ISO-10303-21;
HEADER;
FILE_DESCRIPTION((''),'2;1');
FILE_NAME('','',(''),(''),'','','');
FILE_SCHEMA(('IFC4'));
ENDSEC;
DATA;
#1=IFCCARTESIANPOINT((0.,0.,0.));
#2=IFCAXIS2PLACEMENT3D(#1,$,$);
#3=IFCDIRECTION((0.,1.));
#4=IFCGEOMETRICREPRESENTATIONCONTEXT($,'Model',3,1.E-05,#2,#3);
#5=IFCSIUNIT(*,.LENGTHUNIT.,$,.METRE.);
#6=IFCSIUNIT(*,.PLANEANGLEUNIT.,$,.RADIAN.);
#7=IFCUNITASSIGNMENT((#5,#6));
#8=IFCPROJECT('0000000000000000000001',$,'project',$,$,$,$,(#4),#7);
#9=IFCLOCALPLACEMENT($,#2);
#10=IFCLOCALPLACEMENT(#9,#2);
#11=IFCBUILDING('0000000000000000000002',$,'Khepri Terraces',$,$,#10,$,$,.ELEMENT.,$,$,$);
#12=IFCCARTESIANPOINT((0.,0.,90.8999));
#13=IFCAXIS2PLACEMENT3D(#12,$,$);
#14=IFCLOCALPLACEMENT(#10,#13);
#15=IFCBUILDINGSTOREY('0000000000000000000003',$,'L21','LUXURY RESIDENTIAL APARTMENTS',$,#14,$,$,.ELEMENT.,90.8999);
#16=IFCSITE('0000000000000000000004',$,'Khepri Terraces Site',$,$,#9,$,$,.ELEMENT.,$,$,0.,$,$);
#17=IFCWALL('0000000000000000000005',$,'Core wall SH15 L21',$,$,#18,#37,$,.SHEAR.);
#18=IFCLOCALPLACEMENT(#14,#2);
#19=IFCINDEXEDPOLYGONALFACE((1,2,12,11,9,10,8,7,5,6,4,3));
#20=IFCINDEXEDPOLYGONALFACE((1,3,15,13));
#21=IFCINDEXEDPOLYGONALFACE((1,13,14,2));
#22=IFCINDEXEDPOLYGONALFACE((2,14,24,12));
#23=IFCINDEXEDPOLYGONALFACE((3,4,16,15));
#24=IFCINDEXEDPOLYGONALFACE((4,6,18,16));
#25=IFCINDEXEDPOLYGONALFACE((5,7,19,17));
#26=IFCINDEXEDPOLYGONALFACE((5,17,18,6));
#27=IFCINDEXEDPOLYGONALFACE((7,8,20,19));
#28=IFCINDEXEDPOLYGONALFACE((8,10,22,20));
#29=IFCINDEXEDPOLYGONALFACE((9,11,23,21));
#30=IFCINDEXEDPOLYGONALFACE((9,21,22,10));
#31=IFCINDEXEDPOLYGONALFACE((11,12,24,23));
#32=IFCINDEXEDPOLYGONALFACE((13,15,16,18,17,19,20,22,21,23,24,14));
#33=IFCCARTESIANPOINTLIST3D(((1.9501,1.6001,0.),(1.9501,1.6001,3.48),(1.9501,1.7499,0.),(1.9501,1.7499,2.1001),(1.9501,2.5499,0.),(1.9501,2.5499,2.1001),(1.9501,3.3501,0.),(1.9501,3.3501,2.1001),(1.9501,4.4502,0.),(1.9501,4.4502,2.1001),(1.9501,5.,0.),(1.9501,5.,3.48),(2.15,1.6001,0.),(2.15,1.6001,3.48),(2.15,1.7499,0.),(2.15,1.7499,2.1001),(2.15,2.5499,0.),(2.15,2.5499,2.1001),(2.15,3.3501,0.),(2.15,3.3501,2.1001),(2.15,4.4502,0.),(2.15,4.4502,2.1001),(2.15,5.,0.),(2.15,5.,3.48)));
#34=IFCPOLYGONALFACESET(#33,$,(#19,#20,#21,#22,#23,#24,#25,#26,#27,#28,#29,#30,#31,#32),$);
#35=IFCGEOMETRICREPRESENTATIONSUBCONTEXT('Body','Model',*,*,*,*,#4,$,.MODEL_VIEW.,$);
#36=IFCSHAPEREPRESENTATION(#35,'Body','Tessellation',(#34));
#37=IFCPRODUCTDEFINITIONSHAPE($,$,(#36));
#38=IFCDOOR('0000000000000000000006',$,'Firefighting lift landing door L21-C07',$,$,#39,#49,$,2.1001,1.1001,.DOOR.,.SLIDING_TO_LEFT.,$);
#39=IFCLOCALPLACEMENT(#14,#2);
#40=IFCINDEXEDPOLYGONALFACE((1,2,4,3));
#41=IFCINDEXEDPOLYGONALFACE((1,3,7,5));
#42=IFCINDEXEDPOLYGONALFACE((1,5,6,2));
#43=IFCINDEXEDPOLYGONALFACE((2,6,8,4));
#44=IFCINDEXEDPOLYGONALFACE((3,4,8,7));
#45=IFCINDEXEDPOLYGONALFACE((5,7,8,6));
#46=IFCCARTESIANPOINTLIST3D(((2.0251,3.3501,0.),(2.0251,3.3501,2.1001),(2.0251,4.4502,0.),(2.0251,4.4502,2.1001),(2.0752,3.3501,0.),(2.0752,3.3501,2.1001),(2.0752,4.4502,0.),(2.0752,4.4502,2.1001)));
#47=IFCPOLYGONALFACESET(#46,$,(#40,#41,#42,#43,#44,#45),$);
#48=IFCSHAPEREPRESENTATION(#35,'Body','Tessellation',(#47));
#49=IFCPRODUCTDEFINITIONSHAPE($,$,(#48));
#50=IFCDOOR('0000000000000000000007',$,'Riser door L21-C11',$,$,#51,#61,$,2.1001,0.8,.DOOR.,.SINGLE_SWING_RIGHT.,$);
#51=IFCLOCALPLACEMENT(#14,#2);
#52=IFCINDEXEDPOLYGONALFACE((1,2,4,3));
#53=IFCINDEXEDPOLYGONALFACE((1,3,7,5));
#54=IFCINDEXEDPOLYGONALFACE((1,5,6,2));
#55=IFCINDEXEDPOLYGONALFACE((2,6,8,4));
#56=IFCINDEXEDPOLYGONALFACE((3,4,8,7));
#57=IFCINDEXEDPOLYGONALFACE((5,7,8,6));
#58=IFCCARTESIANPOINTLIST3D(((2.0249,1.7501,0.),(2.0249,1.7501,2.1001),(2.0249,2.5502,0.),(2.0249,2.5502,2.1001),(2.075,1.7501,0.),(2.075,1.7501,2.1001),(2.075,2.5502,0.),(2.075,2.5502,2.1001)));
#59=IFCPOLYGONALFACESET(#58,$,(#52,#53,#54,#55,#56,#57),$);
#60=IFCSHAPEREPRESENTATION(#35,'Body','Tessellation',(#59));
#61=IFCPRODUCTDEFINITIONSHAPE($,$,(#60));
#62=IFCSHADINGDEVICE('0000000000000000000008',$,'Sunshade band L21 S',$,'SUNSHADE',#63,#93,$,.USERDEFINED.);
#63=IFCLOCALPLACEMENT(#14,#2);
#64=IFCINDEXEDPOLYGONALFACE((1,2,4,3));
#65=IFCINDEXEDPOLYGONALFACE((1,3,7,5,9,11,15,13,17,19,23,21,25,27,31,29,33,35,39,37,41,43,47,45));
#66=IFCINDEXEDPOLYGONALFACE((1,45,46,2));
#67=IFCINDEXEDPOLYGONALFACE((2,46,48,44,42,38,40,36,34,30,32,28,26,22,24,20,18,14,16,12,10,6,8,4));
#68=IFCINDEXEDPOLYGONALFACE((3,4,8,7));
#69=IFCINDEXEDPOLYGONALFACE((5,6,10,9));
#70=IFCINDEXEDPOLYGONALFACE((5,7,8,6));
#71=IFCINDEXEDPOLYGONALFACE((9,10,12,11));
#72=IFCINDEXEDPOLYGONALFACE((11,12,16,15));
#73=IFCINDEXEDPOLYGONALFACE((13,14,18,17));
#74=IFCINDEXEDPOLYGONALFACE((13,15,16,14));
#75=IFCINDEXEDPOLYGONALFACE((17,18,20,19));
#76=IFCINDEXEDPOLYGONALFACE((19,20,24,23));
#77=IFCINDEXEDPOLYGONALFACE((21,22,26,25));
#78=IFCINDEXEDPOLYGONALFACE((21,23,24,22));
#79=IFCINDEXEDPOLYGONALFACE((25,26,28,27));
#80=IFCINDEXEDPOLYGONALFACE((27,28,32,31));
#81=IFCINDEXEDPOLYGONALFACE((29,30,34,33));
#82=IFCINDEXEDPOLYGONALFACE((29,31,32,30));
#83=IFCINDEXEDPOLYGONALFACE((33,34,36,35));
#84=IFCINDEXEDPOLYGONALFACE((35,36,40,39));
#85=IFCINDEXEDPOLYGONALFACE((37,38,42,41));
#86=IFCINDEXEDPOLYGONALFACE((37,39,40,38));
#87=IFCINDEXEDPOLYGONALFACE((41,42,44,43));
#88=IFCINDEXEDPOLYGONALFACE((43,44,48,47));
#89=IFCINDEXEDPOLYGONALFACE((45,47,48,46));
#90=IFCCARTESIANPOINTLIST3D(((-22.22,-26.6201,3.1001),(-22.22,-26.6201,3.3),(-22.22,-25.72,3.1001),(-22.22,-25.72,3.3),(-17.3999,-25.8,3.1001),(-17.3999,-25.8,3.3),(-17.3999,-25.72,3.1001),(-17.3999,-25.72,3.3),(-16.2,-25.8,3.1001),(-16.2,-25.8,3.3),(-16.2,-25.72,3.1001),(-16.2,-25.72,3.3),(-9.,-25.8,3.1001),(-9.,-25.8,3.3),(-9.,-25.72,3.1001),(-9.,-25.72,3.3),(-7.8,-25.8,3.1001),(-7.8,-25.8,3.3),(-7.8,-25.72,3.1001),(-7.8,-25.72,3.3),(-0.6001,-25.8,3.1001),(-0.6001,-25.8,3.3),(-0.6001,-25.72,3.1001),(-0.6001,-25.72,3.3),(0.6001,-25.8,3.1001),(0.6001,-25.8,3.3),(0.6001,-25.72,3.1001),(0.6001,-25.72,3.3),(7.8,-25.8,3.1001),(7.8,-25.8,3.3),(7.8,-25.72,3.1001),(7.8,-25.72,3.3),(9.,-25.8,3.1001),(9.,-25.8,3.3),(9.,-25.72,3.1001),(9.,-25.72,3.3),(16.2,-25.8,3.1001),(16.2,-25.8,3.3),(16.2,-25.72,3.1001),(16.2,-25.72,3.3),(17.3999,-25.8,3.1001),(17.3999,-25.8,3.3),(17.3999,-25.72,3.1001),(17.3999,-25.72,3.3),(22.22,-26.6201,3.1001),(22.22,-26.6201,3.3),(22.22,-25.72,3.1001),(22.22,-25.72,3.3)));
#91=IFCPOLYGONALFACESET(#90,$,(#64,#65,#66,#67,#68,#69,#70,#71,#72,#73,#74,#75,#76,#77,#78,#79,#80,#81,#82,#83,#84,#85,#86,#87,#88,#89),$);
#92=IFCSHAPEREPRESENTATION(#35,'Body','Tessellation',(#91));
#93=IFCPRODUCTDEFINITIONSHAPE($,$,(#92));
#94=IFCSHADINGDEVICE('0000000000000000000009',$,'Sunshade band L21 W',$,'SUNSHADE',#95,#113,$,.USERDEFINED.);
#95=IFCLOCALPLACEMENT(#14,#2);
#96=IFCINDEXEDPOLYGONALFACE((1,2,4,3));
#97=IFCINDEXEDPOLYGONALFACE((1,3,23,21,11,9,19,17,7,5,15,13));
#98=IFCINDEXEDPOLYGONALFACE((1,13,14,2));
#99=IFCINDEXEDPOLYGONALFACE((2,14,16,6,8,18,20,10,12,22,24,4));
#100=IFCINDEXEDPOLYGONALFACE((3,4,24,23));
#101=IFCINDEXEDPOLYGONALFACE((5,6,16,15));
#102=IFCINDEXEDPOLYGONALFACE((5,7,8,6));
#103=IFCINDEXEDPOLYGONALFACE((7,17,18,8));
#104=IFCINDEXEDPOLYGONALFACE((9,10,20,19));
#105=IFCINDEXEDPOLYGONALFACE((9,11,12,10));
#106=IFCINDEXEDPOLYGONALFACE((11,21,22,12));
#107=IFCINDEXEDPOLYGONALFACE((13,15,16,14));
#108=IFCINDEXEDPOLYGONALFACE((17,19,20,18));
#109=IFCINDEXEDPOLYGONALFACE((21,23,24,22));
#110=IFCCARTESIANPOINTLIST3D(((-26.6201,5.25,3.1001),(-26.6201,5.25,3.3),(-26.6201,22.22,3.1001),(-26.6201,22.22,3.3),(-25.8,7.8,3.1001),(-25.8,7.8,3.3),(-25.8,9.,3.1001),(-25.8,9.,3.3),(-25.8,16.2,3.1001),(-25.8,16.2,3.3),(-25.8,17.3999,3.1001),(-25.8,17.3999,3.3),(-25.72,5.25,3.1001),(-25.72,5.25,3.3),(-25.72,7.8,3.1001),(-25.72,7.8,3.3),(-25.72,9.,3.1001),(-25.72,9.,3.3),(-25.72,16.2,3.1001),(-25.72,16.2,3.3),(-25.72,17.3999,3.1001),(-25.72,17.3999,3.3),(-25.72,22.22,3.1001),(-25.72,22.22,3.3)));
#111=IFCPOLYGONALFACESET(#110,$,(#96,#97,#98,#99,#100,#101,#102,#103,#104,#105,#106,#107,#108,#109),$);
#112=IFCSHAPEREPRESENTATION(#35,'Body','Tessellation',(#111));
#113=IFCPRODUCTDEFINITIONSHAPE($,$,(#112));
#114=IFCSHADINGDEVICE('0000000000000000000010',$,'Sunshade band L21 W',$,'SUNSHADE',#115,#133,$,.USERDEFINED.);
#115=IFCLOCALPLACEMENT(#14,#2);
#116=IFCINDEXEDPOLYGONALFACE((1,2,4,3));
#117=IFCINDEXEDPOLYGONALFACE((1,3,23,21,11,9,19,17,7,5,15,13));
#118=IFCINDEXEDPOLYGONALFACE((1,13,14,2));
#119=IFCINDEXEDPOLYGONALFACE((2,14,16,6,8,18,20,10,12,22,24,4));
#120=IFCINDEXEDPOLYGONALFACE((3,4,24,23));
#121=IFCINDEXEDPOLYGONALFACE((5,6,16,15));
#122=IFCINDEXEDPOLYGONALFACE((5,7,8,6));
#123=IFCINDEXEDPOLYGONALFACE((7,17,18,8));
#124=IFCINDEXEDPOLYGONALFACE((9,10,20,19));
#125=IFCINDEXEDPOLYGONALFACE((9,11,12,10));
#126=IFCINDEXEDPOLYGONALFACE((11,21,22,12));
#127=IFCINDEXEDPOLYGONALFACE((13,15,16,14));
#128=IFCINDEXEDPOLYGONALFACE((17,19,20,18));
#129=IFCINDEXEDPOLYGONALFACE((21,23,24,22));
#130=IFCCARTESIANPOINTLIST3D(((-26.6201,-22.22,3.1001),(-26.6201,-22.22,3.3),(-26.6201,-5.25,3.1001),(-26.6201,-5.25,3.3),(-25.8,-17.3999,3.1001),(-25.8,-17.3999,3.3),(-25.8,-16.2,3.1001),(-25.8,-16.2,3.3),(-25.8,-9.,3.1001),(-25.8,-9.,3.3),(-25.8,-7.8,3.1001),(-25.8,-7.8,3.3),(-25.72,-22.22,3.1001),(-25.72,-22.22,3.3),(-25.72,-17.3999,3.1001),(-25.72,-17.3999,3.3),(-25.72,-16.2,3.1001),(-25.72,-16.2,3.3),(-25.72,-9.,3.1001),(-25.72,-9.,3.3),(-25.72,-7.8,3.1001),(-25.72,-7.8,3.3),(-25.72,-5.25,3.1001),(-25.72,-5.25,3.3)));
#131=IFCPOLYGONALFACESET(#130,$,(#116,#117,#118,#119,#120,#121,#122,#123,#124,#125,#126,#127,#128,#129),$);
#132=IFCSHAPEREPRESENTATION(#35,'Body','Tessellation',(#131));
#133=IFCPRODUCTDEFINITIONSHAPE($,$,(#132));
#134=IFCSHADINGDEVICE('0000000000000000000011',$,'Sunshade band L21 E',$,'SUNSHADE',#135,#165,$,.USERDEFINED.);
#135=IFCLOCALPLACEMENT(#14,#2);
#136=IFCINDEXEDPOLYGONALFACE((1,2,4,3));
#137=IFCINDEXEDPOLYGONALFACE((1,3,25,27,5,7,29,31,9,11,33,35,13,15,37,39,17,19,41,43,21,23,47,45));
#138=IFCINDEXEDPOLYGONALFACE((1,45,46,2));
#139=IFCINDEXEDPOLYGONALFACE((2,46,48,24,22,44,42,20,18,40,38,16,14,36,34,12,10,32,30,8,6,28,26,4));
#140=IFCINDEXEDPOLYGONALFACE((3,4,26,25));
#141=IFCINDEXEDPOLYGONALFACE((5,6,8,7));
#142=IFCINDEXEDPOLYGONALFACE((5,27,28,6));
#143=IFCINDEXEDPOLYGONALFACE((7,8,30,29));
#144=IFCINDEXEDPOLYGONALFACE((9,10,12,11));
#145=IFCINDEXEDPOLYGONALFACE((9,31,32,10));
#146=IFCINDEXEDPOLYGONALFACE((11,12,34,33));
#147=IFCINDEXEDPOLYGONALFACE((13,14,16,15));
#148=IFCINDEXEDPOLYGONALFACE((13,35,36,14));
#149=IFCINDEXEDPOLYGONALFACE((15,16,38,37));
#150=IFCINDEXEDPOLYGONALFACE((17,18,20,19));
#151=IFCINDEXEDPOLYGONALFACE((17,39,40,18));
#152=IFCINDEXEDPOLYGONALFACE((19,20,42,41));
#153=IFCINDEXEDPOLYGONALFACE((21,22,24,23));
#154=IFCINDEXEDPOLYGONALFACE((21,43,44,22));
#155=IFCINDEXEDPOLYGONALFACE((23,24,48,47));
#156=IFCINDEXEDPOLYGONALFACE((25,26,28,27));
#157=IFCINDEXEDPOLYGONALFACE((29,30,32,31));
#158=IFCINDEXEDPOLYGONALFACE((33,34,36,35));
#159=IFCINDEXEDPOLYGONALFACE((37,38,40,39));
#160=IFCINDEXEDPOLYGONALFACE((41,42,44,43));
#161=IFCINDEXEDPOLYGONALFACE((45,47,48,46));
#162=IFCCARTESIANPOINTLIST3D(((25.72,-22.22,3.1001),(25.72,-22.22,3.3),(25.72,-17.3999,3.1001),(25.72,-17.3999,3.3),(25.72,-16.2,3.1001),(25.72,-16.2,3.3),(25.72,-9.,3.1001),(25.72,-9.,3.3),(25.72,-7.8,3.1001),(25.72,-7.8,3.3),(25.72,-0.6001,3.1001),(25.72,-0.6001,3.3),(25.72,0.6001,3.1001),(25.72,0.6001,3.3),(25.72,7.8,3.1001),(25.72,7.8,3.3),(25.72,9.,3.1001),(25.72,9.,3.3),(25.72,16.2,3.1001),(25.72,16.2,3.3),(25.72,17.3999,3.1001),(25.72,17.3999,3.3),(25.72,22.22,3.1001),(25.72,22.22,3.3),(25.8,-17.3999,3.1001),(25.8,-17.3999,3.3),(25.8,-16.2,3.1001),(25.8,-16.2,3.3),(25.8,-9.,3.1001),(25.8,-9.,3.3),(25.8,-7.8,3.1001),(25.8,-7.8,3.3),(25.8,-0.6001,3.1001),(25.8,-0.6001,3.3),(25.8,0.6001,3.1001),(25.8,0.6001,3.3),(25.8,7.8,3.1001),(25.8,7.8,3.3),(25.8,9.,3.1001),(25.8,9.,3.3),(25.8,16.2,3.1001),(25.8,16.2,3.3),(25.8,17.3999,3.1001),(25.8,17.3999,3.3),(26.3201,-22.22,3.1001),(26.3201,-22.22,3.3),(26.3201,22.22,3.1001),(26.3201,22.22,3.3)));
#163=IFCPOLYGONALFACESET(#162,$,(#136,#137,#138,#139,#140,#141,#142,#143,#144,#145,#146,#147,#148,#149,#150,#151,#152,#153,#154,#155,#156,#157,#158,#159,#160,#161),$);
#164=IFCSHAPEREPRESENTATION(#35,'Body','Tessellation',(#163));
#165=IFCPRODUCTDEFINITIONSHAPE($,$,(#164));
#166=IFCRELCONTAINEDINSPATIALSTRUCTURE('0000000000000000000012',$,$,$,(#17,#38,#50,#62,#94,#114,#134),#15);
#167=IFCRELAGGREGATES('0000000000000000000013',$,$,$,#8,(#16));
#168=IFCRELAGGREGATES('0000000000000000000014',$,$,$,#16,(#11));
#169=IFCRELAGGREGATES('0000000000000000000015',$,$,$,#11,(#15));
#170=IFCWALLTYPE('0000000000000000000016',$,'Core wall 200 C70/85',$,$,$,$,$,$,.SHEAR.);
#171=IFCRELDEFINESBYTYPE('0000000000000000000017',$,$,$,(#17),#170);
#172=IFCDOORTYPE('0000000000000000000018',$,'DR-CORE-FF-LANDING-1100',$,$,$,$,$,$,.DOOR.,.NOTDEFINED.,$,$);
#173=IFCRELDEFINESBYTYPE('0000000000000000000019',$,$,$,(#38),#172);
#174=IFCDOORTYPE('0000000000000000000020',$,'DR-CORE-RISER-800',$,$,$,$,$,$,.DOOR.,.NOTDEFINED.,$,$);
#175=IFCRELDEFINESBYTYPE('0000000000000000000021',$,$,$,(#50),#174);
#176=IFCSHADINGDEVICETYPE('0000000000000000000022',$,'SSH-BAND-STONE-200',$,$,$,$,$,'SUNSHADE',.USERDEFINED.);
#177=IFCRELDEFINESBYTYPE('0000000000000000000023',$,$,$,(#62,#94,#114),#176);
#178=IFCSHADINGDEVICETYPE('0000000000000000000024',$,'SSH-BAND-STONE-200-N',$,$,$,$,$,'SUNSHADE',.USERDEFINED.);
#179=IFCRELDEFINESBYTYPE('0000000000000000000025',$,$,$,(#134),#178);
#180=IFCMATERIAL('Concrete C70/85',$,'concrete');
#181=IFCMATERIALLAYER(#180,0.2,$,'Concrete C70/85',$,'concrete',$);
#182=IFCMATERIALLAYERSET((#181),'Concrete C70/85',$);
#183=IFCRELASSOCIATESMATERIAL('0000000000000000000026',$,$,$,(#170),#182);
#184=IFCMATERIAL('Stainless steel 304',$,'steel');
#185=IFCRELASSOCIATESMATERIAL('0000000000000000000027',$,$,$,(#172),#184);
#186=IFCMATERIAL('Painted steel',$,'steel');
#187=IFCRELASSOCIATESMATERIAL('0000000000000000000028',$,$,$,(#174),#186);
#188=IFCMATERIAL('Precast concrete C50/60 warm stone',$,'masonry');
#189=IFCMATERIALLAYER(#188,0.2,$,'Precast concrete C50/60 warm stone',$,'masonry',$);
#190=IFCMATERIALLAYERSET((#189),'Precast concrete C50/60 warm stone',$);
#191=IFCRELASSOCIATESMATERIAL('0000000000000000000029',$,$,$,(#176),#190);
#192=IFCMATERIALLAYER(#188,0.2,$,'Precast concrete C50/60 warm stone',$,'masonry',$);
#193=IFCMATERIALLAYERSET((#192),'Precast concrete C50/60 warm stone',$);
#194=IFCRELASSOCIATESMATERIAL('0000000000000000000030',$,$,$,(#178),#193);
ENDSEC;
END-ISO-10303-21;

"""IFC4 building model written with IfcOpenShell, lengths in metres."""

from ifc_helpers import new_model, si_unit, direction, frame, frame_2d, origin, place, context, subcontext, project, spatial, polyline, rectangle, outline, extrude, material, layer, layer_set, type_object, element, fill, save


model = new_model("IFC4")

# Units and contexts
model_context = context("Model", 3, precision=1e-05, world=origin(), true_north=direction((0.0, 1.0)))
body_context = subcontext(model_context, "Body", "Model", "MODEL_VIEW")
ifc_project = project(units=[si_unit("LENGTHUNIT", "METRE"), si_unit("PLANEANGLEUNIT", "RADIAN")], contexts=[model_context])

# Site, building, storey
site_placement = place(None, origin())
site = spatial("IfcSite", under=ifc_project, at=site_placement, Name="Khepri Terraces Site", CompositionType="ELEMENT", RefElevation=0.0)
building_placement = place(site_placement, origin())
building = spatial("IfcBuilding", under=site, at=building_placement, Name="Khepri Terraces", CompositionType="ELEMENT")
storey_placement = place(building_placement, frame((0.0, 0.0, 90.8999)))
storey = spatial("IfcBuildingStorey", under=building, at=storey_placement, Name="L21", Description="LUXURY RESIDENTIAL APARTMENTS", CompositionType="ELEMENT", Elevation=90.8999)

# Shared definitions
ifc_material_1 = material(Name="Precast concrete C50/60 warm stone", Category="masonry")

# Shared definitions
ifc_material_2 = material(Name="Concrete C70/85", Category="concrete")
ifc_layer_1 = layer(ifc_material_2, 0.2, Name="Concrete C70/85", Category="concrete")
ifc_layer_set_1 = layer_set([ifc_layer_1], Name="Concrete C70/85")
wall_type = type_object("IfcWallType", Name="Core wall 200 C70/85", PredefinedType="SHEAR", material=ifc_layer_set_1)

# Wall, openings, doors
wall_1_placement = place(storey_placement, frame((2.05, 1.6001, 0.0), z_axis=(0.0, 0.0, 1.0), x_axis=(0.0, 1.0, 0.0)))
wall_1 = element("IfcWall", 1, at=wall_1_placement, inside=storey, type_object=wall_type, Name="Core wall SH15 L21", PredefinedType="SHEAR", context=body_context, shape_type="SweptSolid", body=[
    extrude(rectangle(XDim=3.3999, YDim=0.2, at=frame_2d((1.7, 0.0))), origin(), (0.0, 0.0, 1.0), 3.48),
])
opening_1_placement = place(wall_1_placement, frame((1.75, 0.0, 0.0)))
opening_1 = element("IfcOpeningElement", 2, at=opening_1_placement, cuts=wall_1, PredefinedType="OPENING", context=body_context, shape_type="SweptSolid", body=[
    extrude(rectangle(XDim=1.1001, YDim=2.1001, at=frame_2d((0.55, 1.05))), frame((0.0, 0.1099, 0.0), z_axis=(0.0, -1.0, 0.0), x_axis=(1.0, 0.0, 0.0)), (0.0, 0.0, 1.0), 0.22),
])
opening_2_placement = place(wall_1_placement, frame((0.1499, 0.0, 0.0)))
opening_2 = element("IfcOpeningElement", 3, at=opening_2_placement, cuts=wall_1, PredefinedType="OPENING", context=body_context, shape_type="SweptSolid", body=[
    extrude(rectangle(XDim=0.8, YDim=2.1001, at=frame_2d((0.3999, 1.05))), frame((0.0, 0.1099, 0.0), z_axis=(0.0, -1.0, 0.0), x_axis=(1.0, 0.0, 0.0)), (0.0, 0.0, 1.0), 0.22),
])
ifc_material_3 = material(Name="Stainless steel 304", Category="steel")
door_type_1 = type_object("IfcDoorType", Name="DR-CORE-FF-LANDING-1100", OperationType="NOTDEFINED", PredefinedType="DOOR", material=ifc_material_3)
door_1_placement = place(opening_1_placement, origin())
door_1 = element("IfcDoor", 4, at=door_1_placement, inside=storey, type_object=door_type_1, Name="Firefighting lift landing door L21-C07", OperationType="SLIDING_TO_LEFT", OverallHeight=2.1001, OverallWidth=1.1001, PredefinedType="DOOR", context=body_context, shape_type="SweptSolid", body=[
    extrude(rectangle(XDim=1.1001, YDim=2.1001, at=frame_2d((0.55, 1.05))), frame((0.0, 0.0249, 0.0), z_axis=(0.0, -1.0, 0.0), x_axis=(1.0, 0.0, 0.0)), (0.0, 0.0, 1.0), 0.05),
])
fill(opening_1, door_1)
ifc_material_4 = material(Name="Painted steel", Category="steel")
door_type_2 = type_object("IfcDoorType", Name="DR-CORE-RISER-800", OperationType="NOTDEFINED", PredefinedType="DOOR", material=ifc_material_4)
door_2_placement = place(opening_2_placement, frame((0.8, 0.0, 0.0), z_axis=(0.0, 0.0, 1.0), x_axis=(-1.0, 0.0, 0.0)))
door_2 = element("IfcDoor", 5, at=door_2_placement, inside=storey, type_object=door_type_2, Name="Riser door L21-C11", OperationType="SINGLE_SWING_RIGHT", OverallHeight=2.1001, OverallWidth=0.8, PredefinedType="DOOR", context=body_context, shape_type="SweptSolid", body=[
    extrude(rectangle(XDim=0.8, YDim=2.1001, at=frame_2d((0.3999, 1.05))), frame((0.0, 0.0249, 0.0), z_axis=(0.0, -1.0, 0.0), x_axis=(1.0, 0.0, 0.0)), (0.0, 0.0, 1.0), 0.05),
])
fill(opening_2, door_2)

# Shading devices
ifc_layer_2 = layer(ifc_material_1, 0.2, Name="Precast concrete C50/60 warm stone", Category="masonry")
ifc_layer_set_2 = layer_set([ifc_layer_2], Name="Precast concrete C50/60 warm stone")
shading_device_type_1 = type_object("IfcShadingDeviceType", Name="SSH-BAND-STONE-200", ElementType="SUNSHADE", PredefinedType="USERDEFINED", material=ifc_layer_set_2)
shading_device_1_placement = place(storey_placement, frame((0.0, 0.0, 3.1001)))
element("IfcShadingDevice", 6, at=shading_device_1_placement, inside=storey, type_object=shading_device_type_1, Name="Sunshade band L21 S", ObjectType="SUNSHADE", PredefinedType="USERDEFINED", context=body_context, shape_type="SweptSolid", body=[
    extrude(outline(polyline([(-17.3999, -25.72), (-22.22, -25.72), (-22.22, -26.6201), (22.22, -26.6201), (22.22, -25.72), (17.3999, -25.72), (17.3999, -25.8), (16.2, -25.8), (16.2, -25.72), (9.0, -25.72), (9.0, -25.8), (7.8, -25.8), (7.8, -25.72), (0.6001, -25.72), (0.6001, -25.8), (-0.6001, -25.8), (-0.6001, -25.72), (-7.8, -25.72), (-7.8, -25.8), (-9.0, -25.8), (-9.0, -25.72), (-16.2, -25.72), (-16.2, -25.8), (-17.3999, -25.8), (-17.3999, -25.72)])), origin(), (0.0, 0.0, 1.0), 0.2),
])
shading_device_2_placement = place(storey_placement, frame((0.0, 0.0, 3.1001)))
element("IfcShadingDevice", 7, at=shading_device_2_placement, inside=storey, type_object=shading_device_type_1, Name="Sunshade band L21 W", ObjectType="SUNSHADE", PredefinedType="USERDEFINED", context=body_context, shape_type="SweptSolid", body=[
    extrude(outline(polyline([(-25.72, 17.3999), (-25.72, 22.22), (-26.6201, 22.22), (-26.6201, 5.25), (-25.72, 5.25), (-25.72, 7.8), (-25.8, 7.8), (-25.8, 9.0), (-25.72, 9.0), (-25.72, 16.2), (-25.8, 16.2), (-25.8, 17.3999), (-25.72, 17.3999)])), origin(), (0.0, 0.0, 1.0), 0.2),
])
shading_device_3_placement = place(storey_placement, frame((0.0, 0.0, 3.1001)))
element("IfcShadingDevice", 8, at=shading_device_3_placement, inside=storey, type_object=shading_device_type_1, Name="Sunshade band L21 W", ObjectType="SUNSHADE", PredefinedType="USERDEFINED", context=body_context, shape_type="SweptSolid", body=[
    extrude(outline(polyline([(-25.72, -7.8), (-25.72, -5.25), (-26.6201, -5.25), (-26.6201, -22.22), (-25.72, -22.22), (-25.72, -17.3999), (-25.8, -17.3999), (-25.8, -16.2), (-25.72, -16.2), (-25.72, -9.0), (-25.8, -9.0), (-25.8, -7.8), (-25.72, -7.8)])), origin(), (0.0, 0.0, 1.0), 0.2),
])
ifc_layer_3 = layer(ifc_material_1, 0.2, Name="Precast concrete C50/60 warm stone", Category="masonry")
ifc_layer_set_3 = layer_set([ifc_layer_3], Name="Precast concrete C50/60 warm stone")
shading_device_type_2 = type_object("IfcShadingDeviceType", Name="SSH-BAND-STONE-200-N", ElementType="SUNSHADE", PredefinedType="USERDEFINED", material=ifc_layer_set_3)
shading_device_4_placement = place(storey_placement, frame((0.0, 0.0, 3.1001)))
element("IfcShadingDevice", 9, at=shading_device_4_placement, inside=storey, type_object=shading_device_type_2, Name="Sunshade band L21 E", ObjectType="SUNSHADE", PredefinedType="USERDEFINED", context=body_context, shape_type="SweptSolid", body=[
    extrude(outline(polyline([(25.72, -17.3999), (25.72, -22.22), (26.3201, -22.22), (26.3201, 22.22), (25.72, 22.22), (25.72, 17.3999), (25.8, 17.3999), (25.8, 16.2), (25.72, 16.2), (25.72, 9.0), (25.8, 9.0), (25.8, 7.8), (25.72, 7.8), (25.72, 0.6001), (25.8, 0.6001), (25.8, -0.6001), (25.72, -0.6001), (25.72, -7.8), (25.8, -7.8), (25.8, -9.0), (25.72, -9.0), (25.72, -16.2), (25.8, -16.2), (25.8, -17.3999), (25.72, -17.3999)])), origin(), (0.0, 0.0, 1.0), 0.2),
])

save(model, "model.ifc")
